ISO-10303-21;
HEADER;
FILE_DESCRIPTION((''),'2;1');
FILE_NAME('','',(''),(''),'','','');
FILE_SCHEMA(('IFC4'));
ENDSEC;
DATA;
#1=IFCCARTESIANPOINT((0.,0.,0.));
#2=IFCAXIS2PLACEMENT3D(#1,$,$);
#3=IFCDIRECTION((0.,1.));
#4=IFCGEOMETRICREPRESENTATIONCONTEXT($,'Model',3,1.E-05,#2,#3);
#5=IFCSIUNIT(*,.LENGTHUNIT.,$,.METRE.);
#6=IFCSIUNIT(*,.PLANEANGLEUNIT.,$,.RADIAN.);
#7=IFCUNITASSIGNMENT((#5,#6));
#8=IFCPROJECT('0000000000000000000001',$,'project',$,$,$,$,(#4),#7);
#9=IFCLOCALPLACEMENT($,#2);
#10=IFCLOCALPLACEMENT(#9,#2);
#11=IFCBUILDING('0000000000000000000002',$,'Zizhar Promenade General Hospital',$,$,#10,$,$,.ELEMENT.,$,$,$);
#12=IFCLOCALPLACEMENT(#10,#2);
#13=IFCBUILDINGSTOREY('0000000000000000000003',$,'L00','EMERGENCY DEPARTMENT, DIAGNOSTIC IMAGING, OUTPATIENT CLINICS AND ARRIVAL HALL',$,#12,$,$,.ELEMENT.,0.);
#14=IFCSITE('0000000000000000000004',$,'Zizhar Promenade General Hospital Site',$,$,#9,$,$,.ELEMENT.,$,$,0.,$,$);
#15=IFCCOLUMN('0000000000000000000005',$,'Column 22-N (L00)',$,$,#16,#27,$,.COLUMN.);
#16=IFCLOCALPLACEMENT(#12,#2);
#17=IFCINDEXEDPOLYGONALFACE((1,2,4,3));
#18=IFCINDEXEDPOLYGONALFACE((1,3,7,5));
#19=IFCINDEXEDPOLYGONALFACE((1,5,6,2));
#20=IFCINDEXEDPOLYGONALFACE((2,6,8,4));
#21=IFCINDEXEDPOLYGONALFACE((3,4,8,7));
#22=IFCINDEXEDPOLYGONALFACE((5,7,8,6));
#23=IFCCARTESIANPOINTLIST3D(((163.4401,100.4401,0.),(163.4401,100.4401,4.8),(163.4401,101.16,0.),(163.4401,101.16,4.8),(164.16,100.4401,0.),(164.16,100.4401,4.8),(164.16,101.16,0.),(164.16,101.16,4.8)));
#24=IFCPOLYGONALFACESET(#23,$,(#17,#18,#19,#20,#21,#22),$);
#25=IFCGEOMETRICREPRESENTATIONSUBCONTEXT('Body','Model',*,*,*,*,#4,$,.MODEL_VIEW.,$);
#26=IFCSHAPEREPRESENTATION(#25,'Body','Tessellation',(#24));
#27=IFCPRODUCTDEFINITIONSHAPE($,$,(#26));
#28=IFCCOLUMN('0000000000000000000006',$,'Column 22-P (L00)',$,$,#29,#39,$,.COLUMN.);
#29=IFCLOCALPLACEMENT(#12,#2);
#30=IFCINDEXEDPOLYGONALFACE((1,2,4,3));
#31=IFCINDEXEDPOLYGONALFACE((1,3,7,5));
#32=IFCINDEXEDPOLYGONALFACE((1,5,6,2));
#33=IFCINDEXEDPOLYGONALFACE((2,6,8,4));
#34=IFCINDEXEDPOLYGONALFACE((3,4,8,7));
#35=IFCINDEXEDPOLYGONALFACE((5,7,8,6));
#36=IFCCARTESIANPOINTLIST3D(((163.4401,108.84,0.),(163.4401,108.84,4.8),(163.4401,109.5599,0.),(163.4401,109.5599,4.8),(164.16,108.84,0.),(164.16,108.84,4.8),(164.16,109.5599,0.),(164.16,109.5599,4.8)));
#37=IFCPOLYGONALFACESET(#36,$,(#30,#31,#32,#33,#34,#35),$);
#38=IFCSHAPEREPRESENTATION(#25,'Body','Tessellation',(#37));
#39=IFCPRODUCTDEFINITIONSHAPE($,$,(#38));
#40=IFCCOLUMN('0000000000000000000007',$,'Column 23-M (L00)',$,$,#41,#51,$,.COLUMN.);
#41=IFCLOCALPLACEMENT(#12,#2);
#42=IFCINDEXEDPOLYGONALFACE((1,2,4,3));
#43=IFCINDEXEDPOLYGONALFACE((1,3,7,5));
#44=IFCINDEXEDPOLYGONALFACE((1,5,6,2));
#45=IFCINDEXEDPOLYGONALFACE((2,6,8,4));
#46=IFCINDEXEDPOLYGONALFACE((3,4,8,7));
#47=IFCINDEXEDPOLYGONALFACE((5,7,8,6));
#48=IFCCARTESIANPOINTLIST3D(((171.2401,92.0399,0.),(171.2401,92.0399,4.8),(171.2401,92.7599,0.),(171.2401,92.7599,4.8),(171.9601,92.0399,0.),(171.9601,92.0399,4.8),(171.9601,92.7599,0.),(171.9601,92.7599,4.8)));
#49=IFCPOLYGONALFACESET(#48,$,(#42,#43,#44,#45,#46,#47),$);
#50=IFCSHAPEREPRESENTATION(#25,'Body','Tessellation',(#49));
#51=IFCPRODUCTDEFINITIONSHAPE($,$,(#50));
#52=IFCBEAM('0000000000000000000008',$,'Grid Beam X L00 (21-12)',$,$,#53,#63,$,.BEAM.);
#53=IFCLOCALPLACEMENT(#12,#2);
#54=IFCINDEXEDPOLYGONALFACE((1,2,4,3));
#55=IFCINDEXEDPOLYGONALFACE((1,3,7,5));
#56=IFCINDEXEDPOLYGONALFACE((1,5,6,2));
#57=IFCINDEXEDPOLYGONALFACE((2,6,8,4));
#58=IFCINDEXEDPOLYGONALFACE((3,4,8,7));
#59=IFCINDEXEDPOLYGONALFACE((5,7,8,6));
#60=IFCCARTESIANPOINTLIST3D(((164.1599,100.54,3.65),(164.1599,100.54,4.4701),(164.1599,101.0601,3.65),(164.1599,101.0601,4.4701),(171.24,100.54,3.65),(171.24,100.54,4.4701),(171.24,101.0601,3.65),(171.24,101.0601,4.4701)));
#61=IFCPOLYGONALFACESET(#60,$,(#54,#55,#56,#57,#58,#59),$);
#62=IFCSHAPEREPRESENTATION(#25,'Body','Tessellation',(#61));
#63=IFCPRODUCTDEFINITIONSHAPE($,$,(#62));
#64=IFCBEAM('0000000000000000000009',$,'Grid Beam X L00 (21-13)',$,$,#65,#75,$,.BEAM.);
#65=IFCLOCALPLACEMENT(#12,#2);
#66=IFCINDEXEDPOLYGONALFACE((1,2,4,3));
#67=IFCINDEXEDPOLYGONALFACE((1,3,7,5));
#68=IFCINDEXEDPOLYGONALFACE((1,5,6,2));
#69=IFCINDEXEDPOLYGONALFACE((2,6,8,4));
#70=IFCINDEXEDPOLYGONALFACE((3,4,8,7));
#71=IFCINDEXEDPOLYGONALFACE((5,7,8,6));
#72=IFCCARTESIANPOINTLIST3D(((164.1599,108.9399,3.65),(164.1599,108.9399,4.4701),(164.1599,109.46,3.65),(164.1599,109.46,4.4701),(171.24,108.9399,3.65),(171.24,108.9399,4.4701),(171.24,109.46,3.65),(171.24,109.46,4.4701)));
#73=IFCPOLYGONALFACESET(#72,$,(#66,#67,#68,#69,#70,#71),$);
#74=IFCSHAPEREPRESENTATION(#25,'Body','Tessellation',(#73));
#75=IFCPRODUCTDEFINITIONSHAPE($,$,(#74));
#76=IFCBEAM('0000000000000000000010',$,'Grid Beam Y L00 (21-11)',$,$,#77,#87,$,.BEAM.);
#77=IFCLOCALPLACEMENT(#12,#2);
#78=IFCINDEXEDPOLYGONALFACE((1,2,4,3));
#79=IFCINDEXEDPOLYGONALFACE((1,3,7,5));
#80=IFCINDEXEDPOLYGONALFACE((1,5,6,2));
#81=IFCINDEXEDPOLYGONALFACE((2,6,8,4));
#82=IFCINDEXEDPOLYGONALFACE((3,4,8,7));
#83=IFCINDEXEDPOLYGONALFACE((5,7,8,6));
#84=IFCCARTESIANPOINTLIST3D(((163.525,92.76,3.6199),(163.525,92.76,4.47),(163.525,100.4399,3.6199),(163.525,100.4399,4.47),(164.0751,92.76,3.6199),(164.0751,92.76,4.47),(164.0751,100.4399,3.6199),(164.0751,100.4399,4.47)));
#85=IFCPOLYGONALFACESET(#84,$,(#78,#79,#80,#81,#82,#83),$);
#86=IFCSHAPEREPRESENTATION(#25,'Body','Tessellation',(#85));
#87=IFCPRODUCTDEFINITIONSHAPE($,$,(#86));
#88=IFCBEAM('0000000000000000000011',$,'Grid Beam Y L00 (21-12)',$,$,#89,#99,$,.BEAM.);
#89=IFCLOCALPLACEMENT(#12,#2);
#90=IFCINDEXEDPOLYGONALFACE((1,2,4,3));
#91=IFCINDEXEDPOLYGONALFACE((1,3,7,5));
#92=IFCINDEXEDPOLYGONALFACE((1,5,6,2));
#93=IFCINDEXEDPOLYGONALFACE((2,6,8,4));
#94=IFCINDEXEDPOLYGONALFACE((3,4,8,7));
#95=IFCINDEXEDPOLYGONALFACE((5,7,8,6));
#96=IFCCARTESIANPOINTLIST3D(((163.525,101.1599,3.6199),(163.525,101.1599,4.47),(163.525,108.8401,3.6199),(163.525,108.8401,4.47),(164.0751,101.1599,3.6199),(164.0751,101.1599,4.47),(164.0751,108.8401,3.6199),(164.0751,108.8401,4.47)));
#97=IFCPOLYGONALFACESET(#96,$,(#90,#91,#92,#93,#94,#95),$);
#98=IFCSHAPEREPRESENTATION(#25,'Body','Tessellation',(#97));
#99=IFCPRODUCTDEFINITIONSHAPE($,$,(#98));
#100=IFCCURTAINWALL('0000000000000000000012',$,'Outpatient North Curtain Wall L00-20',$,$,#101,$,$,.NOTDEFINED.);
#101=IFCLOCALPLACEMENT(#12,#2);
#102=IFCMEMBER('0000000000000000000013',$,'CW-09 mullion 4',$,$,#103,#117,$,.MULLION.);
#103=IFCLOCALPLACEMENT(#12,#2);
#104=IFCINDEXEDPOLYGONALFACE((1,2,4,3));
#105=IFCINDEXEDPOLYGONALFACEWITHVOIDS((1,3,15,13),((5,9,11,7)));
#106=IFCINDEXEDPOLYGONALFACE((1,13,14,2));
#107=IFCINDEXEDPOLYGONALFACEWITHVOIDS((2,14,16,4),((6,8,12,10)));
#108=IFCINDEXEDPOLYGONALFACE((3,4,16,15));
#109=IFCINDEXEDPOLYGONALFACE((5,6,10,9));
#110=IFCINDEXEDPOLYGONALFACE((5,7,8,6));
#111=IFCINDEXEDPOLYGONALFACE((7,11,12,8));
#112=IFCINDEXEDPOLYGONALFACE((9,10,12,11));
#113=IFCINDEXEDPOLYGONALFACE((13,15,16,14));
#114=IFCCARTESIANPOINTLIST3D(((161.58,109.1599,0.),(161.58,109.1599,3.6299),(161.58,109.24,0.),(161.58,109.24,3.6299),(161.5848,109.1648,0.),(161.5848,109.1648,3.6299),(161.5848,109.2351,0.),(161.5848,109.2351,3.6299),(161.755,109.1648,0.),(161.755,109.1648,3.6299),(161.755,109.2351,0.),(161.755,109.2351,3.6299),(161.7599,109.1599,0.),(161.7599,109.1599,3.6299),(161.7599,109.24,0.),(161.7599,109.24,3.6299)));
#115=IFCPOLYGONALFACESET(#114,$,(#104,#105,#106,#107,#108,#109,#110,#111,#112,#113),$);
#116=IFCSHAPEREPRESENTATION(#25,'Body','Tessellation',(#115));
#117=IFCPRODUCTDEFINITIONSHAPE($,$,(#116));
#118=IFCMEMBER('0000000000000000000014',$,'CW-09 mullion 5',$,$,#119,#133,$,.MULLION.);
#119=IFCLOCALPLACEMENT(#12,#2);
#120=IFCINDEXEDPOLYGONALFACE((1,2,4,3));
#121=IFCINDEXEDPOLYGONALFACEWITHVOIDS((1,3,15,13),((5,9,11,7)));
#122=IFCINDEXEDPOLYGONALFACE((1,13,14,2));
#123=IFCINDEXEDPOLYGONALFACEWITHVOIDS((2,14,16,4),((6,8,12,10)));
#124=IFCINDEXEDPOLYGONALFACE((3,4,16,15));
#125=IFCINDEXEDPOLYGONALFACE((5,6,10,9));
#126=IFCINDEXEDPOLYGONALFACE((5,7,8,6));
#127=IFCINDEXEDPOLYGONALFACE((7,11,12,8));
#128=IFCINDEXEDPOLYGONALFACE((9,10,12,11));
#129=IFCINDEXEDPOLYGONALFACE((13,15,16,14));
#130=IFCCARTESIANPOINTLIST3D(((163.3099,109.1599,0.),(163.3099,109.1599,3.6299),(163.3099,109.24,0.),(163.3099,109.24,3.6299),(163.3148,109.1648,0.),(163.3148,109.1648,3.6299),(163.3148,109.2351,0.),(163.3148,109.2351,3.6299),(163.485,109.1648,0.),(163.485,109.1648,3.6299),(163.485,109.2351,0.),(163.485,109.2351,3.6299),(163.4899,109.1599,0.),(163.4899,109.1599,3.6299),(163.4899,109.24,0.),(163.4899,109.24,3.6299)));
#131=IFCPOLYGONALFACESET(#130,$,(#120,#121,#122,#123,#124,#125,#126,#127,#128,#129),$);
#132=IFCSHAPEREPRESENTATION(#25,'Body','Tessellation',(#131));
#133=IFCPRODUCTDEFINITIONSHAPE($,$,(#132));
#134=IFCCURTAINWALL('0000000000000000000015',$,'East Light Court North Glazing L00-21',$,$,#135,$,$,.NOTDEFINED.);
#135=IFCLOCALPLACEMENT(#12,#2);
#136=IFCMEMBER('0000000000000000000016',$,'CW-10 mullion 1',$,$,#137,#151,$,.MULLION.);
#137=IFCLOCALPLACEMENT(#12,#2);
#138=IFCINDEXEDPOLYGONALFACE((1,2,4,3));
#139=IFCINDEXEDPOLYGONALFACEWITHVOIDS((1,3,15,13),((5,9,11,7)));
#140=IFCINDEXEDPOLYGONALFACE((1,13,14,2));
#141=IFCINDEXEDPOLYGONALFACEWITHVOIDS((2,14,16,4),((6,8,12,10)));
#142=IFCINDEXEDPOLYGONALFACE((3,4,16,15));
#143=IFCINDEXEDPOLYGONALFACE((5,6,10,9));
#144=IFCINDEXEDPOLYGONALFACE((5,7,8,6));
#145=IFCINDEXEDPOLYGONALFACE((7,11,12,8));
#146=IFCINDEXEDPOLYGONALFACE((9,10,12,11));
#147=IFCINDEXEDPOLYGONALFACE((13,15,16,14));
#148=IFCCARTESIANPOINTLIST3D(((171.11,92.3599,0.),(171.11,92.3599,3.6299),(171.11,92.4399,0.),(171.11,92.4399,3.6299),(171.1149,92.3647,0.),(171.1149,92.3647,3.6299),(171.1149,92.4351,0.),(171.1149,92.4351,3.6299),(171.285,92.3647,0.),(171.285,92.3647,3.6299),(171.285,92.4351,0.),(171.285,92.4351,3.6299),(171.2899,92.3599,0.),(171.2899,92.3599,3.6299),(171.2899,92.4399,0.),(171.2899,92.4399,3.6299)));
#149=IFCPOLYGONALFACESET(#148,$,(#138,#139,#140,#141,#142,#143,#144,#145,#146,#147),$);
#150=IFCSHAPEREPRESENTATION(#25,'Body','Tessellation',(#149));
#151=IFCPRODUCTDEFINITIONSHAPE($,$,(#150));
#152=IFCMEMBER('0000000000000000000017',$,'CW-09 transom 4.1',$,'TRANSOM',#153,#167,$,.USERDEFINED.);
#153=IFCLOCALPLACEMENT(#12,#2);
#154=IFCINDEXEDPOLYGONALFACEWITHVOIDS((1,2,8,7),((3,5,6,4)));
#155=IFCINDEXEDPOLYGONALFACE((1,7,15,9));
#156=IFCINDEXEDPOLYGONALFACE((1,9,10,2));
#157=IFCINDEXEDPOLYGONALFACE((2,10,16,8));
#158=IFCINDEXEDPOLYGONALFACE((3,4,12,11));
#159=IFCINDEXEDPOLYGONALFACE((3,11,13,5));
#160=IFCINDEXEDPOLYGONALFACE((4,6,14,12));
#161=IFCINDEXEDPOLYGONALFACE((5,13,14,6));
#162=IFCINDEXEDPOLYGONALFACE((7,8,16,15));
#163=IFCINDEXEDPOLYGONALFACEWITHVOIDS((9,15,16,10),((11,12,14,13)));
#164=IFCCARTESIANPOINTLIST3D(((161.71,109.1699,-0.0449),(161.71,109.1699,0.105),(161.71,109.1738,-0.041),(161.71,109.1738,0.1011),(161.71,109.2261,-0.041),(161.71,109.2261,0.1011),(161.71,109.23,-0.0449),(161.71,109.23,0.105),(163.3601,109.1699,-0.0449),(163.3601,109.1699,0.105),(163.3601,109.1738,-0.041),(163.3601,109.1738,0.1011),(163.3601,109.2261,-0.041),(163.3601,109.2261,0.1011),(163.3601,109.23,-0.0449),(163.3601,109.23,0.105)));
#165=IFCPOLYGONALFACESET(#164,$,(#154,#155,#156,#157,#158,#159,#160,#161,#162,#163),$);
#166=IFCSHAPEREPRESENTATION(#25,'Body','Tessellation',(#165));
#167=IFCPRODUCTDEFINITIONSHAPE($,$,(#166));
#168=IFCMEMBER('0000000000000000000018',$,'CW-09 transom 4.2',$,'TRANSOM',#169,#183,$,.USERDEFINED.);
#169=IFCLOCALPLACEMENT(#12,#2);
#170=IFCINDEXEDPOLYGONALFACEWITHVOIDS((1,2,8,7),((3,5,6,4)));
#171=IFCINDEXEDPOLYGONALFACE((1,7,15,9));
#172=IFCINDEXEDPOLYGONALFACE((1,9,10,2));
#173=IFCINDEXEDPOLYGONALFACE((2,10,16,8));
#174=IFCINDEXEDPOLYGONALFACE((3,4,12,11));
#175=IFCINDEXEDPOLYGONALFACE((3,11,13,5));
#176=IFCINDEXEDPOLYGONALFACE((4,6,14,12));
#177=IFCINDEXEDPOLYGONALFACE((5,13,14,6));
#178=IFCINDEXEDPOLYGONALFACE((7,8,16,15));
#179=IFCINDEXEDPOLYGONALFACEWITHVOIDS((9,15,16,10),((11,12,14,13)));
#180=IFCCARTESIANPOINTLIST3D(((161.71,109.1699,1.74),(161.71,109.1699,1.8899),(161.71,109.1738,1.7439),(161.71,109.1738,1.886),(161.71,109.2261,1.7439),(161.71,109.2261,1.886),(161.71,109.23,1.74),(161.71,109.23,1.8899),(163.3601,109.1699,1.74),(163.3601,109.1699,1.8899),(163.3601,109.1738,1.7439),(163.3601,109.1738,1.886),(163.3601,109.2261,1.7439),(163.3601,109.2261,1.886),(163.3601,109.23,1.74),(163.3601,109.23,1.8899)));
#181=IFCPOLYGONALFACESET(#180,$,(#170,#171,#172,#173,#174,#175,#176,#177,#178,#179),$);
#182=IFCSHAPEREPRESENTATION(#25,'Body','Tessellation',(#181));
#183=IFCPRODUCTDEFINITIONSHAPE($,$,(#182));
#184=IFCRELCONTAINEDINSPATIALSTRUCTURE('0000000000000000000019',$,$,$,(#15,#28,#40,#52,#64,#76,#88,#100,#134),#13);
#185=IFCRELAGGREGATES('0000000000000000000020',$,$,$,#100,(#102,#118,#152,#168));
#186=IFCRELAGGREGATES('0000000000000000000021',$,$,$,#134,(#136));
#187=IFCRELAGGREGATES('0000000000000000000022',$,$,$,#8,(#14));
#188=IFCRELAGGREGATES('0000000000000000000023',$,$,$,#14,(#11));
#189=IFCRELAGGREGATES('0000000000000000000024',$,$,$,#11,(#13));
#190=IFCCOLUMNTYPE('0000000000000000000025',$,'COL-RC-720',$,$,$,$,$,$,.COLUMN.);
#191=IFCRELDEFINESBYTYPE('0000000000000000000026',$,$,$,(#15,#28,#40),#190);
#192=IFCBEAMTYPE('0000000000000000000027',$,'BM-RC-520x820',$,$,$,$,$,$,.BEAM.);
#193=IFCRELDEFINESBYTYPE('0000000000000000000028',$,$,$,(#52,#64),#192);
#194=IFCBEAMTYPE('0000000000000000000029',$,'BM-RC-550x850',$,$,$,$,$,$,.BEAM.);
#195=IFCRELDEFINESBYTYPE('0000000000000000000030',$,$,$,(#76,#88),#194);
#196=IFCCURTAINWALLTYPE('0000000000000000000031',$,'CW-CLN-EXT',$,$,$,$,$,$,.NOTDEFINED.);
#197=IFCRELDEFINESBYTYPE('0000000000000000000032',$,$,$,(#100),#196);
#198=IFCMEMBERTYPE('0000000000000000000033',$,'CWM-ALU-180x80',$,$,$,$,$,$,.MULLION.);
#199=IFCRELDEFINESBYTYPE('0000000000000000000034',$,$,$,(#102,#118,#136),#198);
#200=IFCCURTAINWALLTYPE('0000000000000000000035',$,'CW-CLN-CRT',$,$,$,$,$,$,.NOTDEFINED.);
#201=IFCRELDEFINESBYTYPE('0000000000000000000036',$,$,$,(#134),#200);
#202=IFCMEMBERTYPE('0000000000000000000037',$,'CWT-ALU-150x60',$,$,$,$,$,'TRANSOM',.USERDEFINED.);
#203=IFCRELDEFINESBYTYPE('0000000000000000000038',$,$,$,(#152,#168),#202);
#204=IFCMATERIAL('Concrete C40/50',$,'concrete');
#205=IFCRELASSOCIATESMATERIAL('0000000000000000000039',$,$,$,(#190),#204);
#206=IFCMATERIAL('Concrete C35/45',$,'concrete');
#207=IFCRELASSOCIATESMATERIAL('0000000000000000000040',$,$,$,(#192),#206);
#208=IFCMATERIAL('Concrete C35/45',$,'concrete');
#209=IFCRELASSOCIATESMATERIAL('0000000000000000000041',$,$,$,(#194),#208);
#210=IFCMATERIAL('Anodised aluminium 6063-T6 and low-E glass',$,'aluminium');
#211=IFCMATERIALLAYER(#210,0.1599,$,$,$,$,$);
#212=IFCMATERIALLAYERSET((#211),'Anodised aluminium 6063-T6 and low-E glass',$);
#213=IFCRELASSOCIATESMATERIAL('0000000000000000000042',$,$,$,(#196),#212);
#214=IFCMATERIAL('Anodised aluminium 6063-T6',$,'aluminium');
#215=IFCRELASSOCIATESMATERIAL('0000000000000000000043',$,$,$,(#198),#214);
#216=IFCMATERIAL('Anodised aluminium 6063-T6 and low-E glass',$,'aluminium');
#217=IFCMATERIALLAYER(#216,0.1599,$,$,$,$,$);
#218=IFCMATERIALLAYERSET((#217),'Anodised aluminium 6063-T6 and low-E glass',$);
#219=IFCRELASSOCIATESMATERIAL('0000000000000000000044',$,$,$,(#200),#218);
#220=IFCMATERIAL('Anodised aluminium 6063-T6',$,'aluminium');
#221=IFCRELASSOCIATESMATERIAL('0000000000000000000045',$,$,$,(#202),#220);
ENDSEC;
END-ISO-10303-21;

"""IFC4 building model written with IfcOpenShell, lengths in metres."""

from ifc_helpers import new_model, si_unit, direction, frame, origin, origin_2d, place, context, subcontext, project, spatial, rectangle, hollow_rectangle, extrude, material, layer, layer_set, material_profile, profile_set, type_object, element, aggregate, save


model = new_model("IFC4")

# Units and contexts
model_context = context("Model", 3, precision=1e-05, world=origin(), true_north=direction((0.0, 1.0)))
body_context = subcontext(model_context, "Body", "Model", "MODEL_VIEW")
ifc_project = project(units=[si_unit("LENGTHUNIT", "METRE"), si_unit("PLANEANGLEUNIT", "RADIAN")], contexts=[model_context])

# Site, building, storey
site_placement = place(None, origin())
site = spatial("IfcSite", under=ifc_project, at=site_placement, Name="Zizhar Promenade General Hospital Site", CompositionType="ELEMENT", RefElevation=0.0)
building_placement = place(site_placement, origin())
building = spatial("IfcBuilding", under=site, at=building_placement, Name="Zizhar Promenade General Hospital", CompositionType="ELEMENT")
storey_placement = place(building_placement, origin())
storey = spatial("IfcBuildingStorey", under=building, at=storey_placement, Name="L00", Description="EMERGENCY DEPARTMENT, DIAGNOSTIC IMAGING, OUTPATIENT CLINICS AND ARRIVAL HALL", CompositionType="ELEMENT", Elevation=0.0)

# Columns
ifc_material_1 = material(Name="Concrete C40/50", Category="concrete")
ifc_material_profile_1 = material_profile(ifc_material_1, rectangle(XDim=0.72, YDim=0.72, at=origin_2d()))
ifc_profile_set_1 = profile_set([ifc_material_profile_1], Name="Concrete C40/50")
column_type = type_object("IfcColumnType", Name="COL-RC-720", PredefinedType="COLUMN", material=ifc_profile_set_1)
for number, where, z_axis, x_axis, name in (
    (1, (163.8, 100.8, 0.0), (0.0, 0.0, 1.0), (1.0, 0.0, 0.0), "Column 22-N (L00)"),
    (2, (163.8, 109.2, 0.0), (0.0, 0.0, 1.0), (1.0, 0.0, 0.0), "Column 22-P (L00)"),
    (3, (171.6001, 92.3999, 0.0), (0.0, 0.0, 1.0), (1.0, 0.0, 0.0), "Column 23-M (L00)"),
):
    element("IfcColumn", number, at=place(storey_placement, frame(where, z_axis=z_axis, x_axis=x_axis)), inside=storey, type_object=column_type, Name=name, PredefinedType="COLUMN", context=body_context, shape_type="SweptSolid", body=[
        extrude(rectangle(XDim=0.72, YDim=0.72, at=origin_2d()), origin(), (0.0, 0.0, 1.0), 4.8),
    ])

# Beams
ifc_material_2 = material(Name="Concrete C35/45", Category="concrete")
ifc_material_profile_2 = material_profile(ifc_material_2, rectangle(XDim=0.52, YDim=0.8201, at=origin_2d()))
ifc_profile_set_2 = profile_set([ifc_material_profile_2], Name="Concrete C35/45")
beam_type_1 = type_object("IfcBeamType", Name="BM-RC-520x820", PredefinedType="BEAM", material=ifc_profile_set_2)
for number, where, z_axis, x_axis, name in (
    (4, (164.1599, 100.8, 4.0601), (1.0, 0.0, 0.0), (0.0, 1.0, 0.0), "Grid Beam X L00 (21-12)"),
    (5, (164.1599, 109.2, 4.0601), (1.0, 0.0, 0.0), (0.0, 1.0, 0.0), "Grid Beam X L00 (21-13)"),
):
    element("IfcBeam", number, at=place(storey_placement, frame(where, z_axis=z_axis, x_axis=x_axis)), inside=storey, type_object=beam_type_1, Name=name, PredefinedType="BEAM", context=body_context, shape_type="SweptSolid", body=[
        extrude(rectangle(XDim=0.52, YDim=0.8201, at=origin_2d()), origin(), (0.0, 0.0, 1.0), 7.0801),
    ])
ifc_material_3 = material(Name="Concrete C35/45", Category="concrete")
ifc_material_profile_3 = material_profile(ifc_material_3, rectangle(XDim=0.55, YDim=0.8501, at=origin_2d()))
ifc_profile_set_3 = profile_set([ifc_material_profile_3], Name="Concrete C35/45")
beam_type_2 = type_object("IfcBeamType", Name="BM-RC-550x850", PredefinedType="BEAM", material=ifc_profile_set_3)
beam_1_placement = place(storey_placement, frame((163.8, 92.76, 4.0449), z_axis=(0.0, 1.0, 0.0), x_axis=(-1.0, 0.0, 0.0)))
element("IfcBeam", 6, at=beam_1_placement, inside=storey, type_object=beam_type_2, Name="Grid Beam Y L00 (21-11)", PredefinedType="BEAM", context=body_context, shape_type="SweptSolid", body=[
    extrude(rectangle(XDim=0.55, YDim=0.8501, at=origin_2d()), origin(), (0.0, 0.0, 1.0), 7.6799),
])
beam_2_placement = place(storey_placement, frame((163.8, 101.1599, 4.0449), z_axis=(0.0, 1.0, 0.0), x_axis=(-1.0, 0.0, 0.0)))
element("IfcBeam", 7, at=beam_2_placement, inside=storey, type_object=beam_type_2, Name="Grid Beam Y L00 (21-12)", PredefinedType="BEAM", context=body_context, shape_type="SweptSolid", body=[
    extrude(rectangle(XDim=0.55, YDim=0.8501, at=origin_2d()), origin(), (0.0, 0.0, 1.0), 7.6802),
])

# Curtain wall, members
ifc_material_4 = material(Name="Anodised aluminium 6063-T6 and low-E glass", Category="aluminium")
ifc_layer_1 = layer(ifc_material_4, 0.1599)
ifc_layer_set_1 = layer_set([ifc_layer_1], Name="Anodised aluminium 6063-T6 and low-E glass")
curtain_wall_type_1 = type_object("IfcCurtainWallType", Name="CW-CLN-EXT", PredefinedType="NOTDEFINED", material=ifc_layer_set_1)
curtain_wall_1_placement = place(storey_placement, origin())
curtain_wall_1 = element("IfcCurtainWall", 8, at=curtain_wall_1_placement, inside=storey, type_object=curtain_wall_type_1, Name="Outpatient North Curtain Wall L00-20", PredefinedType="NOTDEFINED")
ifc_material_5 = material(Name="Anodised aluminium 6063-T6", Category="aluminium")
ifc_material_profile_4 = material_profile(ifc_material_5, hollow_rectangle(XDim=0.0801, YDim=0.1799, WallThickness=0.0049, at=origin_2d()))
ifc_profile_set_4 = profile_set([ifc_material_profile_4], Name="Anodised aluminium 6063-T6")
member_type_1 = type_object("IfcMemberType", Name="CWM-ALU-180x80", PredefinedType="MULLION", material=ifc_profile_set_4)
member_1_placement = place(storey_placement, frame((161.6699, 109.2, 0.0), z_axis=(0.0, 0.0, 1.0), x_axis=(0.0, 1.0, 0.0)))
member_1 = element("IfcMember", 9, at=member_1_placement, type_object=member_type_1, Name="CW-09 mullion 4", PredefinedType="MULLION", context=body_context, shape_type="SweptSolid", body=[
    extrude(hollow_rectangle(XDim=0.0801, YDim=0.1799, WallThickness=0.0049, at=origin_2d()), origin(), (0.0, 0.0, 1.0), 3.6299),
])
member_2_placement = place(storey_placement, frame((163.3999, 109.2, 0.0), z_axis=(0.0, 0.0, 1.0), x_axis=(0.0, 1.0, 0.0)))
member_2 = element("IfcMember", 10, at=member_2_placement, type_object=member_type_1, Name="CW-09 mullion 5", PredefinedType="MULLION", context=body_context, shape_type="SweptSolid", body=[
    extrude(hollow_rectangle(XDim=0.0801, YDim=0.1799, WallThickness=0.0049, at=origin_2d()), origin(), (0.0, 0.0, 1.0), 3.6299),
])

# Curtain wall, member
ifc_material_6 = material(Name="Anodised aluminium 6063-T6 and low-E glass", Category="aluminium")
ifc_layer_2 = layer(ifc_material_6, 0.1599)
ifc_layer_set_2 = layer_set([ifc_layer_2], Name="Anodised aluminium 6063-T6 and low-E glass")
curtain_wall_type_2 = type_object("IfcCurtainWallType", Name="CW-CLN-CRT", PredefinedType="NOTDEFINED", material=ifc_layer_set_2)
curtain_wall_2_placement = place(storey_placement, origin())
curtain_wall_2 = element("IfcCurtainWall", 11, at=curtain_wall_2_placement, inside=storey, type_object=curtain_wall_type_2, Name="East Light Court North Glazing L00-21", PredefinedType="NOTDEFINED")
member_3_placement = place(storey_placement, frame((171.2, 92.3999, 0.0), z_axis=(0.0, 0.0, 1.0), x_axis=(0.0, -1.0, 0.0)))
member_3 = element("IfcMember", 12, at=member_3_placement, type_object=member_type_1, Name="CW-10 mullion 1", PredefinedType="MULLION", context=body_context, shape_type="SweptSolid", body=[
    extrude(hollow_rectangle(XDim=0.0801, YDim=0.1799, WallThickness=0.0049, at=origin_2d()), origin(), (0.0, 0.0, 1.0), 3.6299),
])

# Members
ifc_material_7 = material(Name="Anodised aluminium 6063-T6", Category="aluminium")
ifc_material_profile_5 = material_profile(ifc_material_7, hollow_rectangle(XDim=0.0601, YDim=0.1499, WallThickness=0.0039, at=origin_2d()))
ifc_profile_set_5 = profile_set([ifc_material_profile_5], Name="Anodised aluminium 6063-T6")
member_type_2 = type_object("IfcMemberType", Name="CWT-ALU-150x60", ElementType="TRANSOM", PredefinedType="USERDEFINED", material=ifc_profile_set_5)
member_4_placement = place(storey_placement, frame((161.71, 109.2, 0.03), z_axis=(1.0, 0.0, 0.0), x_axis=(0.0, 1.0, 0.0)))
member_4 = element("IfcMember", 13, at=member_4_placement, type_object=member_type_2, Name="CW-09 transom 4.1", ObjectType="TRANSOM", PredefinedType="USERDEFINED", context=body_context, shape_type="SweptSolid", body=[
    extrude(hollow_rectangle(XDim=0.0601, YDim=0.1499, WallThickness=0.0039, at=origin_2d()), origin(), (0.0, 0.0, 1.0), 1.6501),
])
member_5_placement = place(storey_placement, frame((161.71, 109.2, 1.8149), z_axis=(1.0, 0.0, 0.0), x_axis=(0.0, 1.0, 0.0)))
member_5 = element("IfcMember", 14, at=member_5_placement, type_object=member_type_2, Name="CW-09 transom 4.2", ObjectType="TRANSOM", PredefinedType="USERDEFINED", context=body_context, shape_type="SweptSolid", body=[
    extrude(hollow_rectangle(XDim=0.0601, YDim=0.1499, WallThickness=0.0039, at=origin_2d()), origin(), (0.0, 0.0, 1.0), 1.6501),
])

aggregate(curtain_wall_1, [member_1, member_2, member_4, member_5])
aggregate(curtain_wall_2, [member_3])

save(model, "model.ifc")
